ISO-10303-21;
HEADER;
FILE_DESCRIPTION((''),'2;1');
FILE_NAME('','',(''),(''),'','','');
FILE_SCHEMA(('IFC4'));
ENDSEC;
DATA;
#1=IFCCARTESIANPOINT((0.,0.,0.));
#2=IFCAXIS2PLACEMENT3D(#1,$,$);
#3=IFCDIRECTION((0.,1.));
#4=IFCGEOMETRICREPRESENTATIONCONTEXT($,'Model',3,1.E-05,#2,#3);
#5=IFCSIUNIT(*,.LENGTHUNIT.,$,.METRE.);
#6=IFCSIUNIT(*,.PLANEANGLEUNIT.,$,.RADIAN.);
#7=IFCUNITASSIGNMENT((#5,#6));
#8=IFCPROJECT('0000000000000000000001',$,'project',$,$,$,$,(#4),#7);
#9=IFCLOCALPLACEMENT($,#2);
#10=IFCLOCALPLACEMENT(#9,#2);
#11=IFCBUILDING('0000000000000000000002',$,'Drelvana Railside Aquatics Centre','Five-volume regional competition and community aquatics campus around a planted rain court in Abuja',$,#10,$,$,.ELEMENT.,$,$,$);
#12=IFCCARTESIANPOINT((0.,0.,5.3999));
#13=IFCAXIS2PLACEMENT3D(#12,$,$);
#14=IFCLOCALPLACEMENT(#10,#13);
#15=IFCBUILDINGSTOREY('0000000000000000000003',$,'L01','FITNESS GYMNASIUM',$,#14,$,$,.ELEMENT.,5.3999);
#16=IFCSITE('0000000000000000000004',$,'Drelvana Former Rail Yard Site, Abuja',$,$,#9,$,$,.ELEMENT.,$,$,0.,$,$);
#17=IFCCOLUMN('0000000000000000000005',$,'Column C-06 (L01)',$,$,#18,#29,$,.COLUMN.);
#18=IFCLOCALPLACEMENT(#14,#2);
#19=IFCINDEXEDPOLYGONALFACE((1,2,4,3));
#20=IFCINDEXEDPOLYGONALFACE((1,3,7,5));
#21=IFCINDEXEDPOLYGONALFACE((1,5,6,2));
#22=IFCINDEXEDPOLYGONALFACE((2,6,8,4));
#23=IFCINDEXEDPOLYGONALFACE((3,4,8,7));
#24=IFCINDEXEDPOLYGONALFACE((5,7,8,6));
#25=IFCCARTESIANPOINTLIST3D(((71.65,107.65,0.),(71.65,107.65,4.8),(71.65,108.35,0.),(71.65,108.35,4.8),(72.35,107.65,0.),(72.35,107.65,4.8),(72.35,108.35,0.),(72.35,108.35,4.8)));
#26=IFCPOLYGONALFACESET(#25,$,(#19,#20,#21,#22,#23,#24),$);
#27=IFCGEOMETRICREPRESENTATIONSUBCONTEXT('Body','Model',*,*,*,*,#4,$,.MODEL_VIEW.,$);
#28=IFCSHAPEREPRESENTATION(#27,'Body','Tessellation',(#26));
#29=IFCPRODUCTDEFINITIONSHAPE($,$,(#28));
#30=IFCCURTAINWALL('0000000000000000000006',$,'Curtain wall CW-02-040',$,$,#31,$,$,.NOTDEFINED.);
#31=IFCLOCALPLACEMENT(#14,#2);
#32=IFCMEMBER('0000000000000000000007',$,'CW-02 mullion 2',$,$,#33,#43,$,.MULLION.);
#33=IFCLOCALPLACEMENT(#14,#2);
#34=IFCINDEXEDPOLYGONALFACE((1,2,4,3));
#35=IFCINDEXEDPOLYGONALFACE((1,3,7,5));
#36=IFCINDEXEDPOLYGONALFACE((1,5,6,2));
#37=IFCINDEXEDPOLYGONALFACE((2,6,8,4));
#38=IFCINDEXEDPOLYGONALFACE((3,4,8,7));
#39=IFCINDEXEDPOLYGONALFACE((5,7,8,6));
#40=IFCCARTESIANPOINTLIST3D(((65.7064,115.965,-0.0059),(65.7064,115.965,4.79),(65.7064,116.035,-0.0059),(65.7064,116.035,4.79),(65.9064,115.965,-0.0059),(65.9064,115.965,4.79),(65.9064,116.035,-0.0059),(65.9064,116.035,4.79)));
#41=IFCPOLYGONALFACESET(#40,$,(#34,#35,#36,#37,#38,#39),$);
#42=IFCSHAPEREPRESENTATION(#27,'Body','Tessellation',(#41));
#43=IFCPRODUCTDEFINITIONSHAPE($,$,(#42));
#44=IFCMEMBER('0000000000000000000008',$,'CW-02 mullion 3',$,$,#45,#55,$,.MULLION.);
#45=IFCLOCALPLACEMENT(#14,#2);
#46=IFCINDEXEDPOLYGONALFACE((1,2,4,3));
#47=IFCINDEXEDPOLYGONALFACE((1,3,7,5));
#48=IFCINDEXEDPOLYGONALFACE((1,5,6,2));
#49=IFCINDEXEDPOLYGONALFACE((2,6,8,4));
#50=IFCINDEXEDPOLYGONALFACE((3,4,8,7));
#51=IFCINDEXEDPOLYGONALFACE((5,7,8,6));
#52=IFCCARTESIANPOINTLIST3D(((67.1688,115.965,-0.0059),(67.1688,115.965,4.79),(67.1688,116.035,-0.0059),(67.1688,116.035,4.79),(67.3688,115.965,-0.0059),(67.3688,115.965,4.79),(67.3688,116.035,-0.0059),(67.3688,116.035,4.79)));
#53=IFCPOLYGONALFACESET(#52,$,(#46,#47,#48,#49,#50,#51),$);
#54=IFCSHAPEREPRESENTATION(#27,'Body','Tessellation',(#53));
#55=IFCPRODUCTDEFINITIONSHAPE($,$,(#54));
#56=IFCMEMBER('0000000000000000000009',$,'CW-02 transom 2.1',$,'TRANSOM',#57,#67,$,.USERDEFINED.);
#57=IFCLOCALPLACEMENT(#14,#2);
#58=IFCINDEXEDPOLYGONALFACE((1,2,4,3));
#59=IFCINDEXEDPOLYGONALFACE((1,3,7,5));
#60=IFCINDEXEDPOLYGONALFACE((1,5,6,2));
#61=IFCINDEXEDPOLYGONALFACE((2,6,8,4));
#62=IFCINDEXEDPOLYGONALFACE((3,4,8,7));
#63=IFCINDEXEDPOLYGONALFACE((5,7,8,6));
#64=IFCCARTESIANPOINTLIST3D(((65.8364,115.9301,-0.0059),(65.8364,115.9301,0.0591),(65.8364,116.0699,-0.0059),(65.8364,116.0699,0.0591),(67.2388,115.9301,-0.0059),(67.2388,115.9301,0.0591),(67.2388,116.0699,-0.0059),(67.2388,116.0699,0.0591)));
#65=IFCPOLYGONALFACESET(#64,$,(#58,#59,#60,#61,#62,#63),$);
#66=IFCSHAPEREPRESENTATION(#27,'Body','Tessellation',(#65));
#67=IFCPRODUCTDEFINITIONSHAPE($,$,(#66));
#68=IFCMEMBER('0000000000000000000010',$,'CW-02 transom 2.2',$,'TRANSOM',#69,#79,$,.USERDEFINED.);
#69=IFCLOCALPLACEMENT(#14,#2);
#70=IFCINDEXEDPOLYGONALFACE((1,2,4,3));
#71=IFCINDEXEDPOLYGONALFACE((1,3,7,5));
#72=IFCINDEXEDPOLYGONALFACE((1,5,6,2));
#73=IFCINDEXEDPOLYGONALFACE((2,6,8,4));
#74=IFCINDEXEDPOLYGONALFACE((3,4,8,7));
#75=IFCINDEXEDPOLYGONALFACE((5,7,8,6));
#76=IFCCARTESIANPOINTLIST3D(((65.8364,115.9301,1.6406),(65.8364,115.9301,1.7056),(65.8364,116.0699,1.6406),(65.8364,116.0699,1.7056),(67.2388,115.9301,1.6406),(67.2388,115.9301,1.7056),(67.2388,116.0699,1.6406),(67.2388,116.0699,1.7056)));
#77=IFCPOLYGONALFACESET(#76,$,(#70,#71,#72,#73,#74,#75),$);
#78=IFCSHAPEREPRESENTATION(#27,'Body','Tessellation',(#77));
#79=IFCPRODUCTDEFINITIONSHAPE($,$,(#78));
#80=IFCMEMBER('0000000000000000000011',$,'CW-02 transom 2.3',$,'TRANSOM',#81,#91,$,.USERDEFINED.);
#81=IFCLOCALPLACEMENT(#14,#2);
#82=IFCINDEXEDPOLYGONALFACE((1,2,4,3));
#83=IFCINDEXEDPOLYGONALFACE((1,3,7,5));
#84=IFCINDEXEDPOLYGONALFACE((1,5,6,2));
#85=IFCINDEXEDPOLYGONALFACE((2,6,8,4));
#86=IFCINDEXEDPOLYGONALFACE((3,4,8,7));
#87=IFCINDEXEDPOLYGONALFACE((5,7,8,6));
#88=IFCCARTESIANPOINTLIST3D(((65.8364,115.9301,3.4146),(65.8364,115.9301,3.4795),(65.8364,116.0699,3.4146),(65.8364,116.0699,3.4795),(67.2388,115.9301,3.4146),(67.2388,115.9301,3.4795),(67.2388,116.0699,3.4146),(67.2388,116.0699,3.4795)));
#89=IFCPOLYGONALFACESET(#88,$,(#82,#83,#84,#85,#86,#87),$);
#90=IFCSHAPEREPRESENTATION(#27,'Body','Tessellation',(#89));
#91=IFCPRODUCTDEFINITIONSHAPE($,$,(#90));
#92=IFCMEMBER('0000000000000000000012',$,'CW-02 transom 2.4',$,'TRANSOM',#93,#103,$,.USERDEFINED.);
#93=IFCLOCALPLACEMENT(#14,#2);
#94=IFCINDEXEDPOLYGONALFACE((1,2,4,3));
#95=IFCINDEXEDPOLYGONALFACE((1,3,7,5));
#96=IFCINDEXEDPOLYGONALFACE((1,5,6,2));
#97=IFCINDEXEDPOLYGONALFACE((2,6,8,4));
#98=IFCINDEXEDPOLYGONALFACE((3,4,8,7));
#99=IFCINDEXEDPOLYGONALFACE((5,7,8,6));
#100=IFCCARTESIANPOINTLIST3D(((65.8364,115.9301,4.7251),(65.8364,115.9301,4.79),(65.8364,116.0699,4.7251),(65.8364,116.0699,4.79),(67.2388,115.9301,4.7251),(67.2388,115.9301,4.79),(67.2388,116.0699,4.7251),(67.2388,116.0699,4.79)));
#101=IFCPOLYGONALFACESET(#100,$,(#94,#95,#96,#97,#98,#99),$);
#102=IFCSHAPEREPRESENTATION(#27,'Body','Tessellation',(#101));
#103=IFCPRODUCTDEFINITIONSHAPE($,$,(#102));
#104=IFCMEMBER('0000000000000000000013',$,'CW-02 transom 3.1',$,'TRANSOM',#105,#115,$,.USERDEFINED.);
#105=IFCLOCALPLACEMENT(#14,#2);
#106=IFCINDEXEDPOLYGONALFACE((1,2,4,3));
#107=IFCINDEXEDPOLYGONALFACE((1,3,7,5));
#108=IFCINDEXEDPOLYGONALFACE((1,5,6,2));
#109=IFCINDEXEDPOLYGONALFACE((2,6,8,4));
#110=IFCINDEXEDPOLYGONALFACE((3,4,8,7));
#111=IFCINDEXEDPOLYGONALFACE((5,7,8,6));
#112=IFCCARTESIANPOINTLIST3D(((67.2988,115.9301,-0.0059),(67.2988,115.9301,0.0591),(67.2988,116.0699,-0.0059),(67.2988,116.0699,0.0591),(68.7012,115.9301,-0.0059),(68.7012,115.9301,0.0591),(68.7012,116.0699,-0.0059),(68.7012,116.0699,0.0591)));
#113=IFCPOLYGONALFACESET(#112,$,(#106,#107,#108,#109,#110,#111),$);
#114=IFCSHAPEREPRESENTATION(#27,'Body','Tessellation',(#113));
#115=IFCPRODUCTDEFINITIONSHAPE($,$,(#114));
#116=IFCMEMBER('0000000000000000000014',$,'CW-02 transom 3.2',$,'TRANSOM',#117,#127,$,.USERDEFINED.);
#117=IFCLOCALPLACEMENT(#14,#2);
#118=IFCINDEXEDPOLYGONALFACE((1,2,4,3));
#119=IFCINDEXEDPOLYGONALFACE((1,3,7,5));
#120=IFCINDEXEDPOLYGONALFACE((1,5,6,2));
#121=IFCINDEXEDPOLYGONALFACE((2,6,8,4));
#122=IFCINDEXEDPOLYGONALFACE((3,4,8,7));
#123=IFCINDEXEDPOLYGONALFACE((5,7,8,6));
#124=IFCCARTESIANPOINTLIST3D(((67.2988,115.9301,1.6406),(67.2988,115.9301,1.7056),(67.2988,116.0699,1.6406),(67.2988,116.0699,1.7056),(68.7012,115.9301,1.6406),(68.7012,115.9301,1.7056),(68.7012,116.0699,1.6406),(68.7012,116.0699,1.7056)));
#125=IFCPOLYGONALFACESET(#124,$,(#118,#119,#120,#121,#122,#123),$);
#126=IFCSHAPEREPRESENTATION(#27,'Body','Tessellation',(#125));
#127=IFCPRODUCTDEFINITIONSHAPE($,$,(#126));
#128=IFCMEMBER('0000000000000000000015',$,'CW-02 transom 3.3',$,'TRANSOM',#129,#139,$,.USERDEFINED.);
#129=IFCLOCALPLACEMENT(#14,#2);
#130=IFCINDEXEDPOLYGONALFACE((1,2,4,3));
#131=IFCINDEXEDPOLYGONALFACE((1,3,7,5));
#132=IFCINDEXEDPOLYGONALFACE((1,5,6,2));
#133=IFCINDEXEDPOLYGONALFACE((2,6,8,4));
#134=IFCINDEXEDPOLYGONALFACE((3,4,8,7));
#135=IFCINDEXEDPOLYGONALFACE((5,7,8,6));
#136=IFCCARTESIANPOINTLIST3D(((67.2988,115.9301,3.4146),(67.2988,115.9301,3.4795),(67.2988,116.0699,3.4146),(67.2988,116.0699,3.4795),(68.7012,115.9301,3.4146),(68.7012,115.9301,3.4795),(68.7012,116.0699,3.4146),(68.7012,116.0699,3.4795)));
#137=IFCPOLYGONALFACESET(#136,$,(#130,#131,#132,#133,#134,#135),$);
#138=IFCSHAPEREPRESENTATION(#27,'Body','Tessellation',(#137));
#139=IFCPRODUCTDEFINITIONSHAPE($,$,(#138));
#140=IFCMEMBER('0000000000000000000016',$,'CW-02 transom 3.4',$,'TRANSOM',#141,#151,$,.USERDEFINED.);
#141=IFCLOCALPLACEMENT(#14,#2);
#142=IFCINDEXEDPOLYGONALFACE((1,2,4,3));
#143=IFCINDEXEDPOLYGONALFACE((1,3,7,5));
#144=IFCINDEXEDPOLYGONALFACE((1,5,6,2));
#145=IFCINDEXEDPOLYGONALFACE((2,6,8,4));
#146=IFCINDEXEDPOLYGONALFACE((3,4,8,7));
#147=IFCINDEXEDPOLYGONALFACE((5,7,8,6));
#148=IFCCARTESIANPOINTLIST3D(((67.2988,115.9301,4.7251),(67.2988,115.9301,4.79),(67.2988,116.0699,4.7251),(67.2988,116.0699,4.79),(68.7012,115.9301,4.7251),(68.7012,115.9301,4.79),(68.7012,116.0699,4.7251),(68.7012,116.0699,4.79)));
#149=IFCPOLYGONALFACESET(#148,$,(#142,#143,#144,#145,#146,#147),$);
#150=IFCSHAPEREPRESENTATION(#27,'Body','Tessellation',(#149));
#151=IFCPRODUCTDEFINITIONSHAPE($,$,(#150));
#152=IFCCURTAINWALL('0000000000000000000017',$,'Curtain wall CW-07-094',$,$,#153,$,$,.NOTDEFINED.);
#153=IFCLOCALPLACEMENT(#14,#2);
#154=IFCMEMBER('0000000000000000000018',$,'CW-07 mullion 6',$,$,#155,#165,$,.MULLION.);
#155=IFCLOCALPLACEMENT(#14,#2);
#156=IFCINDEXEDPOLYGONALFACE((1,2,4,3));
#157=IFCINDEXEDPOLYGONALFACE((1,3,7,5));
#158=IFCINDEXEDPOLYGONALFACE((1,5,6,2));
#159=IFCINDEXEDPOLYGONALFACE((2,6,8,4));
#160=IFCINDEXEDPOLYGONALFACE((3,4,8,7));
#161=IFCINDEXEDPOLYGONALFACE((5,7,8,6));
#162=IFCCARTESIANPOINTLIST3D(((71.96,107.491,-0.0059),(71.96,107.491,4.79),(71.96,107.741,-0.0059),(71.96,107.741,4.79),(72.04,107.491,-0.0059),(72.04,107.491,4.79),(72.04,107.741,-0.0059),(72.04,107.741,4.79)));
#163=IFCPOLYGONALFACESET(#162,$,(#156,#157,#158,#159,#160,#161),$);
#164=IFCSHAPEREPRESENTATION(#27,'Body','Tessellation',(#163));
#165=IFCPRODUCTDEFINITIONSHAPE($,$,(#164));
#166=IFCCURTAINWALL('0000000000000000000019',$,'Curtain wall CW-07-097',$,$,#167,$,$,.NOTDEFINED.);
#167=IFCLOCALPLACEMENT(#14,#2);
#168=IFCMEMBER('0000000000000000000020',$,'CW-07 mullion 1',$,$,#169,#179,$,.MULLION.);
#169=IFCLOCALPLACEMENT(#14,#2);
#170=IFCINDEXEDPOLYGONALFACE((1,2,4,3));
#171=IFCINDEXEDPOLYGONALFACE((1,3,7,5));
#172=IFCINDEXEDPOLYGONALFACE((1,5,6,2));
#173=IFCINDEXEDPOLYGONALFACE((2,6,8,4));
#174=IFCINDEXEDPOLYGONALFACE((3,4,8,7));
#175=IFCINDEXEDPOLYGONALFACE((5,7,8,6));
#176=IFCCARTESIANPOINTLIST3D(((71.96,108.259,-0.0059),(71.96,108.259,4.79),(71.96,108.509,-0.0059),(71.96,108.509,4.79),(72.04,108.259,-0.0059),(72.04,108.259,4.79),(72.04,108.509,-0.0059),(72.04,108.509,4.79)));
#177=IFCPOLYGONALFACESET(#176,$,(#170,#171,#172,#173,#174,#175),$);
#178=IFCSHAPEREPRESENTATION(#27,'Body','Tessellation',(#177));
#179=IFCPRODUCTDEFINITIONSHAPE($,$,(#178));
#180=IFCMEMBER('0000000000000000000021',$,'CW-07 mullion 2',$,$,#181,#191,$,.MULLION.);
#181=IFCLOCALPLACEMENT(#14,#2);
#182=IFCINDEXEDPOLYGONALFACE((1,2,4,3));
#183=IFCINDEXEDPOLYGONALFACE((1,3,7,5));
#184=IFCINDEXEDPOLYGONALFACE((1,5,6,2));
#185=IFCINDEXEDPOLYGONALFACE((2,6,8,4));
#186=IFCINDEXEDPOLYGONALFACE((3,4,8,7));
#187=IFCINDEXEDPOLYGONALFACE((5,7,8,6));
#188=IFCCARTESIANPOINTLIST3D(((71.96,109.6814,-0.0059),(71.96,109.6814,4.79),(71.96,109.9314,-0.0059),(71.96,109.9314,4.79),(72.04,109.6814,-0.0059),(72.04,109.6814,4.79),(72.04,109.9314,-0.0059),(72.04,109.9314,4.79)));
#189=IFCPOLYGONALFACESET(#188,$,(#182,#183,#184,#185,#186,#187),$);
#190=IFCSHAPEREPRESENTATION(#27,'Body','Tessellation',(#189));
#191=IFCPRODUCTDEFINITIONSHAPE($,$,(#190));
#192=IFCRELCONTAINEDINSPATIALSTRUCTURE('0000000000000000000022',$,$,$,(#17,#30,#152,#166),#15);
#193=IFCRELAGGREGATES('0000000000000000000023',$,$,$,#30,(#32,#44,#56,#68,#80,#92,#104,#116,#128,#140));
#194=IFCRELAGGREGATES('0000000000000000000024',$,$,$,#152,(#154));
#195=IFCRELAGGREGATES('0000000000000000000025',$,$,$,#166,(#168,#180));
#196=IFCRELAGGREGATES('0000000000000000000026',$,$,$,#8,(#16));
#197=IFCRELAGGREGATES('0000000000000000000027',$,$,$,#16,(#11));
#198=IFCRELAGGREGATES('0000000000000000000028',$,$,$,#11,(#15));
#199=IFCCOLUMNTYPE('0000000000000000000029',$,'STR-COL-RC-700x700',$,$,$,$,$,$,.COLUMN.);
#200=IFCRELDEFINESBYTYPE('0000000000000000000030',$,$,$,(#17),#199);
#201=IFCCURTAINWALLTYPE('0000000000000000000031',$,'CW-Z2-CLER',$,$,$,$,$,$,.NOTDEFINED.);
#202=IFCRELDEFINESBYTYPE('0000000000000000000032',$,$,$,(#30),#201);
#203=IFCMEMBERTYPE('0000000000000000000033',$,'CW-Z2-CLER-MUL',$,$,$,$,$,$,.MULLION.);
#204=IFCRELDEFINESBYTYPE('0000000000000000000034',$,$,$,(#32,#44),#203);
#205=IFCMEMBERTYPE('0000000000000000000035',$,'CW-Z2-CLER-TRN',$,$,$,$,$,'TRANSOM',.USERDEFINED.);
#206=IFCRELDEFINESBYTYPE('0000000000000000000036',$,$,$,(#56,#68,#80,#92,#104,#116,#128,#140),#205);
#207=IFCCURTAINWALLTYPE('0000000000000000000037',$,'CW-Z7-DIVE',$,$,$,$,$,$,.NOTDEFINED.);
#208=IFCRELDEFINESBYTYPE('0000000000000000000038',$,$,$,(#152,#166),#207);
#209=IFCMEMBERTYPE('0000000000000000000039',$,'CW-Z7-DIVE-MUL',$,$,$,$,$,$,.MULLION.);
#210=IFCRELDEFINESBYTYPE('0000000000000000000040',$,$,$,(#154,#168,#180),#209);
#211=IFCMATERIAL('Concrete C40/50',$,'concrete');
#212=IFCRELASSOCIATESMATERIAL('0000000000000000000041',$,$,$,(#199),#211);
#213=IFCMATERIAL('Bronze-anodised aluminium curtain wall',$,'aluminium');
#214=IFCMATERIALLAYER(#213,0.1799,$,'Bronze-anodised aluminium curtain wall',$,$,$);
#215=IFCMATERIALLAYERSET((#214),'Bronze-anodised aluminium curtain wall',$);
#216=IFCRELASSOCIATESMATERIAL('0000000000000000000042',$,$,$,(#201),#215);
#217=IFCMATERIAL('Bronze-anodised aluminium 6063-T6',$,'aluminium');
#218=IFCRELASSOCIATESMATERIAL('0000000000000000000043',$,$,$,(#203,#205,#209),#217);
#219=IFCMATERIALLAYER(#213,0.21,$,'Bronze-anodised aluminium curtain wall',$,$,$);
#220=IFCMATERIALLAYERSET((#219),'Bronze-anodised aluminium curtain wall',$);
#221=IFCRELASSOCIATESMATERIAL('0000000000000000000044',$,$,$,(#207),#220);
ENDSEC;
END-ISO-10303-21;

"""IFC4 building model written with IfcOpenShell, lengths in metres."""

from ifc_helpers import new_model, si_unit, direction, frame, origin, origin_2d, place, context, subcontext, project, spatial, rectangle, extrude, material, layer, layer_set, material_profile, profile_set, type_object, element, aggregate, save


model = new_model("IFC4")

# Units and contexts
model_context = context("Model", 3, precision=1e-05, world=origin(), true_north=direction((0.0, 1.0)))
body_context = subcontext(model_context, "Body", "Model", "MODEL_VIEW")
ifc_project = project(units=[si_unit("LENGTHUNIT", "METRE"), si_unit("PLANEANGLEUNIT", "RADIAN")], contexts=[model_context])

# Site, building, storey
site_placement = place(None, origin())
site = spatial("IfcSite", under=ifc_project, at=site_placement, Name="Drelvana Former Rail Yard Site, Abuja", CompositionType="ELEMENT", RefElevation=0.0)
building_placement = place(site_placement, origin())
building = spatial("IfcBuilding", under=site, at=building_placement, Name="Drelvana Railside Aquatics Centre", Description="Five-volume regional competition and community aquatics campus around a planted rain court in Abuja", CompositionType="ELEMENT")
storey_placement = place(building_placement, frame((0.0, 0.0, 5.3999)))
storey = spatial("IfcBuildingStorey", under=building, at=storey_placement, Name="L01", Description="FITNESS GYMNASIUM", CompositionType="ELEMENT", Elevation=5.3999)

# Column
ifc_material_1 = material(Name="Concrete C40/50", Category="concrete")
ifc_material_profile_1 = material_profile(ifc_material_1, rectangle(XDim=0.7, YDim=0.7, at=origin_2d()), Name="RC 700x700")
ifc_profile_set_1 = profile_set([ifc_material_profile_1], Name="Concrete C40/50")
column_type = type_object("IfcColumnType", Name="STR-COL-RC-700x700", PredefinedType="COLUMN", material=ifc_profile_set_1)
column_placement = place(storey_placement, frame((72.0, 108.0, 0.0), z_axis=(0.0, 0.0, 1.0), x_axis=(1.0, 0.0, 0.0)))
element("IfcColumn", 1, at=column_placement, inside=storey, type_object=column_type, Name="Column C-06 (L01)", PredefinedType="COLUMN", context=body_context, shape_type="SweptSolid", body=[
    extrude(rectangle(XDim=0.7, YDim=0.7, at=origin_2d()), origin(), (0.0, 0.0, 1.0), 4.8),
])

# Curtain wall, members
ifc_material_2 = material(Name="Bronze-anodised aluminium curtain wall", Category="aluminium")
ifc_layer_1 = layer(ifc_material_2, 0.1799, Name="Bronze-anodised aluminium curtain wall")
ifc_layer_set_1 = layer_set([ifc_layer_1], Name="Bronze-anodised aluminium curtain wall")
curtain_wall_type_1 = type_object("IfcCurtainWallType", Name="CW-Z2-CLER", PredefinedType="NOTDEFINED", material=ifc_layer_set_1)
curtain_wall_1_placement = place(storey_placement, origin())
curtain_wall_1 = element("IfcCurtainWall", 2, at=curtain_wall_1_placement, inside=storey, type_object=curtain_wall_type_1, Name="Curtain wall CW-02-040", PredefinedType="NOTDEFINED")
ifc_material_3 = material(Name="Bronze-anodised aluminium 6063-T6", Category="aluminium")
ifc_material_profile_2 = material_profile(ifc_material_3, rectangle(XDim=0.0701, YDim=0.2, at=origin_2d()), Name="ALU-M 70x200")
ifc_profile_set_2 = profile_set([ifc_material_profile_2], Name="Bronze-anodised aluminium 6063-T6")
member_type_1 = type_object("IfcMemberType", Name="CW-Z2-CLER-MUL", PredefinedType="MULLION", material=ifc_profile_set_2)
member_1_placement = place(storey_placement, frame((65.8064, 116.0, -0.0059), z_axis=(0.0, 0.0, 1.0), x_axis=(0.0, 1.0, 0.0)))
member_1 = element("IfcMember", 3, at=member_1_placement, type_object=member_type_1, Name="CW-02 mullion 2", PredefinedType="MULLION", context=body_context, shape_type="SweptSolid", body=[
    extrude(rectangle(XDim=0.0701, YDim=0.2, at=origin_2d()), origin(), (0.0, 0.0, 1.0), 4.7959),
])
member_2_placement = place(storey_placement, frame((67.2688, 116.0, -0.0059), z_axis=(0.0, 0.0, 1.0), x_axis=(0.0, 1.0, 0.0)))
member_2 = element("IfcMember", 4, at=member_2_placement, type_object=member_type_1, Name="CW-02 mullion 3", PredefinedType="MULLION", context=body_context, shape_type="SweptSolid", body=[
    extrude(rectangle(XDim=0.0701, YDim=0.2, at=origin_2d()), origin(), (0.0, 0.0, 1.0), 4.7959),
])
ifc_material_profile_3 = material_profile(ifc_material_3, rectangle(XDim=0.1399, YDim=0.0649, at=origin_2d()), Name="ALU-T 65x140")
ifc_profile_set_3 = profile_set([ifc_material_profile_3], Name="Bronze-anodised aluminium 6063-T6")
member_type_2 = type_object("IfcMemberType", Name="CW-Z2-CLER-TRN", ElementType="TRANSOM", PredefinedType="USERDEFINED", material=ifc_profile_set_3)
member_3_placement = place(storey_placement, frame((65.8364, 116.0, 0.0266), z_axis=(1.0, 0.0, 0.0), x_axis=(0.0, 1.0, 0.0)))
member_3 = element("IfcMember", 5, at=member_3_placement, type_object=member_type_2, Name="CW-02 transom 2.1", ObjectType="TRANSOM", PredefinedType="USERDEFINED", context=body_context, shape_type="SweptSolid", body=[
    extrude(rectangle(XDim=0.1399, YDim=0.0649, at=origin_2d()), origin(), (0.0, 0.0, 1.0), 1.4023),
])
member_4_placement = place(storey_placement, frame((65.8364, 116.0, 1.6731), z_axis=(1.0, 0.0, 0.0), x_axis=(0.0, 1.0, 0.0)))
member_4 = element("IfcMember", 6, at=member_4_placement, type_object=member_type_2, Name="CW-02 transom 2.2", ObjectType="TRANSOM", PredefinedType="USERDEFINED", context=body_context, shape_type="SweptSolid", body=[
    extrude(rectangle(XDim=0.1399, YDim=0.0649, at=origin_2d()), origin(), (0.0, 0.0, 1.0), 1.4023),
])
member_5_placement = place(storey_placement, frame((65.8364, 116.0, 3.447), z_axis=(1.0, 0.0, 0.0), x_axis=(0.0, 1.0, 0.0)))
member_5 = element("IfcMember", 7, at=member_5_placement, type_object=member_type_2, Name="CW-02 transom 2.3", ObjectType="TRANSOM", PredefinedType="USERDEFINED", context=body_context, shape_type="SweptSolid", body=[
    extrude(rectangle(XDim=0.1399, YDim=0.0649, at=origin_2d()), origin(), (0.0, 0.0, 1.0), 1.4023),
])
member_6_placement = place(storey_placement, frame((65.8364, 116.0, 4.7576), z_axis=(1.0, 0.0, 0.0), x_axis=(0.0, 1.0, 0.0)))
member_6 = element("IfcMember", 8, at=member_6_placement, type_object=member_type_2, Name="CW-02 transom 2.4", ObjectType="TRANSOM", PredefinedType="USERDEFINED", context=body_context, shape_type="SweptSolid", body=[
    extrude(rectangle(XDim=0.1399, YDim=0.0649, at=origin_2d()), origin(), (0.0, 0.0, 1.0), 1.4023),
])
member_7_placement = place(storey_placement, frame((67.2988, 116.0, 0.0266), z_axis=(1.0, 0.0, 0.0), x_axis=(0.0, 1.0, 0.0)))
member_7 = element("IfcMember", 9, at=member_7_placement, type_object=member_type_2, Name="CW-02 transom 3.1", ObjectType="TRANSOM", PredefinedType="USERDEFINED", context=body_context, shape_type="SweptSolid", body=[
    extrude(rectangle(XDim=0.1399, YDim=0.0649, at=origin_2d()), origin(), (0.0, 0.0, 1.0), 1.4023),
])
member_8_placement = place(storey_placement, frame((67.2988, 116.0, 1.6731), z_axis=(1.0, 0.0, 0.0), x_axis=(0.0, 1.0, 0.0)))
member_8 = element("IfcMember", 10, at=member_8_placement, type_object=member_type_2, Name="CW-02 transom 3.2", ObjectType="TRANSOM", PredefinedType="USERDEFINED", context=body_context, shape_type="SweptSolid", body=[
    extrude(rectangle(XDim=0.1399, YDim=0.0649, at=origin_2d()), origin(), (0.0, 0.0, 1.0), 1.4023),
])
member_9_placement = place(storey_placement, frame((67.2988, 116.0, 3.447), z_axis=(1.0, 0.0, 0.0), x_axis=(0.0, 1.0, 0.0)))
member_9 = element("IfcMember", 11, at=member_9_placement, type_object=member_type_2, Name="CW-02 transom 3.3", ObjectType="TRANSOM", PredefinedType="USERDEFINED", context=body_context, shape_type="SweptSolid", body=[
    extrude(rectangle(XDim=0.1399, YDim=0.0649, at=origin_2d()), origin(), (0.0, 0.0, 1.0), 1.4023),
])
member_10_placement = place(storey_placement, frame((67.2988, 116.0, 4.7576), z_axis=(1.0, 0.0, 0.0), x_axis=(0.0, 1.0, 0.0)))
member_10 = element("IfcMember", 12, at=member_10_placement, type_object=member_type_2, Name="CW-02 transom 3.4", ObjectType="TRANSOM", PredefinedType="USERDEFINED", context=body_context, shape_type="SweptSolid", body=[
    extrude(rectangle(XDim=0.1399, YDim=0.0649, at=origin_2d()), origin(), (0.0, 0.0, 1.0), 1.4023),
])

# Curtain wall, member
ifc_layer_2 = layer(ifc_material_2, 0.21, Name="Bronze-anodised aluminium curtain wall")
ifc_layer_set_2 = layer_set([ifc_layer_2], Name="Bronze-anodised aluminium curtain wall")
curtain_wall_type_2 = type_object("IfcCurtainWallType", Name="CW-Z7-DIVE", PredefinedType="NOTDEFINED", material=ifc_layer_set_2)
curtain_wall_2_placement = place(storey_placement, origin())
curtain_wall_2 = element("IfcCurtainWall", 13, at=curtain_wall_2_placement, inside=storey, type_object=curtain_wall_type_2, Name="Curtain wall CW-07-094", PredefinedType="NOTDEFINED")
ifc_material_profile_4 = material_profile(ifc_material_3, rectangle(XDim=0.0801, YDim=0.25, at=origin_2d()), Name="ALU-M 80x250")
ifc_profile_set_4 = profile_set([ifc_material_profile_4], Name="Bronze-anodised aluminium 6063-T6")
member_type_3 = type_object("IfcMemberType", Name="CW-Z7-DIVE-MUL", PredefinedType="MULLION", material=ifc_profile_set_4)
member_11_placement = place(storey_placement, frame((72.0, 107.616, -0.0059), z_axis=(0.0, 0.0, 1.0), x_axis=(-1.0, 0.0, 0.0)))
member_11 = element("IfcMember", 14, at=member_11_placement, type_object=member_type_3, Name="CW-07 mullion 6", PredefinedType="MULLION", context=body_context, shape_type="SweptSolid", body=[
    extrude(rectangle(XDim=0.0801, YDim=0.25, at=origin_2d()), origin(), (0.0, 0.0, 1.0), 4.7959),
])

# Curtain wall, members
curtain_wall_3_placement = place(storey_placement, origin())
curtain_wall_3 = element("IfcCurtainWall", 15, at=curtain_wall_3_placement, inside=storey, type_object=curtain_wall_type_2, Name="Curtain wall CW-07-097", PredefinedType="NOTDEFINED")
member_12_placement = place(storey_placement, frame((72.0, 108.384, -0.0059), z_axis=(0.0, 0.0, 1.0), x_axis=(-1.0, 0.0, 0.0)))
member_12 = element("IfcMember", 16, at=member_12_placement, type_object=member_type_3, Name="CW-07 mullion 1", PredefinedType="MULLION", context=body_context, shape_type="SweptSolid", body=[
    extrude(rectangle(XDim=0.0801, YDim=0.25, at=origin_2d()), origin(), (0.0, 0.0, 1.0), 4.7959),
])
member_13_placement = place(storey_placement, frame((72.0, 109.8064, -0.0059), z_axis=(0.0, 0.0, 1.0), x_axis=(-1.0, 0.0, 0.0)))
member_13 = element("IfcMember", 17, at=member_13_placement, type_object=member_type_3, Name="CW-07 mullion 2", PredefinedType="MULLION", context=body_context, shape_type="SweptSolid", body=[
    extrude(rectangle(XDim=0.0801, YDim=0.25, at=origin_2d()), origin(), (0.0, 0.0, 1.0), 4.7959),
])

aggregate(curtain_wall_1, [member_1, member_2, member_3, member_4, member_5, member_6, member_7, member_8, member_9, member_10])
aggregate(curtain_wall_2, [member_11])
aggregate(curtain_wall_3, [member_12, member_13])

save(model, "model.ifc")
